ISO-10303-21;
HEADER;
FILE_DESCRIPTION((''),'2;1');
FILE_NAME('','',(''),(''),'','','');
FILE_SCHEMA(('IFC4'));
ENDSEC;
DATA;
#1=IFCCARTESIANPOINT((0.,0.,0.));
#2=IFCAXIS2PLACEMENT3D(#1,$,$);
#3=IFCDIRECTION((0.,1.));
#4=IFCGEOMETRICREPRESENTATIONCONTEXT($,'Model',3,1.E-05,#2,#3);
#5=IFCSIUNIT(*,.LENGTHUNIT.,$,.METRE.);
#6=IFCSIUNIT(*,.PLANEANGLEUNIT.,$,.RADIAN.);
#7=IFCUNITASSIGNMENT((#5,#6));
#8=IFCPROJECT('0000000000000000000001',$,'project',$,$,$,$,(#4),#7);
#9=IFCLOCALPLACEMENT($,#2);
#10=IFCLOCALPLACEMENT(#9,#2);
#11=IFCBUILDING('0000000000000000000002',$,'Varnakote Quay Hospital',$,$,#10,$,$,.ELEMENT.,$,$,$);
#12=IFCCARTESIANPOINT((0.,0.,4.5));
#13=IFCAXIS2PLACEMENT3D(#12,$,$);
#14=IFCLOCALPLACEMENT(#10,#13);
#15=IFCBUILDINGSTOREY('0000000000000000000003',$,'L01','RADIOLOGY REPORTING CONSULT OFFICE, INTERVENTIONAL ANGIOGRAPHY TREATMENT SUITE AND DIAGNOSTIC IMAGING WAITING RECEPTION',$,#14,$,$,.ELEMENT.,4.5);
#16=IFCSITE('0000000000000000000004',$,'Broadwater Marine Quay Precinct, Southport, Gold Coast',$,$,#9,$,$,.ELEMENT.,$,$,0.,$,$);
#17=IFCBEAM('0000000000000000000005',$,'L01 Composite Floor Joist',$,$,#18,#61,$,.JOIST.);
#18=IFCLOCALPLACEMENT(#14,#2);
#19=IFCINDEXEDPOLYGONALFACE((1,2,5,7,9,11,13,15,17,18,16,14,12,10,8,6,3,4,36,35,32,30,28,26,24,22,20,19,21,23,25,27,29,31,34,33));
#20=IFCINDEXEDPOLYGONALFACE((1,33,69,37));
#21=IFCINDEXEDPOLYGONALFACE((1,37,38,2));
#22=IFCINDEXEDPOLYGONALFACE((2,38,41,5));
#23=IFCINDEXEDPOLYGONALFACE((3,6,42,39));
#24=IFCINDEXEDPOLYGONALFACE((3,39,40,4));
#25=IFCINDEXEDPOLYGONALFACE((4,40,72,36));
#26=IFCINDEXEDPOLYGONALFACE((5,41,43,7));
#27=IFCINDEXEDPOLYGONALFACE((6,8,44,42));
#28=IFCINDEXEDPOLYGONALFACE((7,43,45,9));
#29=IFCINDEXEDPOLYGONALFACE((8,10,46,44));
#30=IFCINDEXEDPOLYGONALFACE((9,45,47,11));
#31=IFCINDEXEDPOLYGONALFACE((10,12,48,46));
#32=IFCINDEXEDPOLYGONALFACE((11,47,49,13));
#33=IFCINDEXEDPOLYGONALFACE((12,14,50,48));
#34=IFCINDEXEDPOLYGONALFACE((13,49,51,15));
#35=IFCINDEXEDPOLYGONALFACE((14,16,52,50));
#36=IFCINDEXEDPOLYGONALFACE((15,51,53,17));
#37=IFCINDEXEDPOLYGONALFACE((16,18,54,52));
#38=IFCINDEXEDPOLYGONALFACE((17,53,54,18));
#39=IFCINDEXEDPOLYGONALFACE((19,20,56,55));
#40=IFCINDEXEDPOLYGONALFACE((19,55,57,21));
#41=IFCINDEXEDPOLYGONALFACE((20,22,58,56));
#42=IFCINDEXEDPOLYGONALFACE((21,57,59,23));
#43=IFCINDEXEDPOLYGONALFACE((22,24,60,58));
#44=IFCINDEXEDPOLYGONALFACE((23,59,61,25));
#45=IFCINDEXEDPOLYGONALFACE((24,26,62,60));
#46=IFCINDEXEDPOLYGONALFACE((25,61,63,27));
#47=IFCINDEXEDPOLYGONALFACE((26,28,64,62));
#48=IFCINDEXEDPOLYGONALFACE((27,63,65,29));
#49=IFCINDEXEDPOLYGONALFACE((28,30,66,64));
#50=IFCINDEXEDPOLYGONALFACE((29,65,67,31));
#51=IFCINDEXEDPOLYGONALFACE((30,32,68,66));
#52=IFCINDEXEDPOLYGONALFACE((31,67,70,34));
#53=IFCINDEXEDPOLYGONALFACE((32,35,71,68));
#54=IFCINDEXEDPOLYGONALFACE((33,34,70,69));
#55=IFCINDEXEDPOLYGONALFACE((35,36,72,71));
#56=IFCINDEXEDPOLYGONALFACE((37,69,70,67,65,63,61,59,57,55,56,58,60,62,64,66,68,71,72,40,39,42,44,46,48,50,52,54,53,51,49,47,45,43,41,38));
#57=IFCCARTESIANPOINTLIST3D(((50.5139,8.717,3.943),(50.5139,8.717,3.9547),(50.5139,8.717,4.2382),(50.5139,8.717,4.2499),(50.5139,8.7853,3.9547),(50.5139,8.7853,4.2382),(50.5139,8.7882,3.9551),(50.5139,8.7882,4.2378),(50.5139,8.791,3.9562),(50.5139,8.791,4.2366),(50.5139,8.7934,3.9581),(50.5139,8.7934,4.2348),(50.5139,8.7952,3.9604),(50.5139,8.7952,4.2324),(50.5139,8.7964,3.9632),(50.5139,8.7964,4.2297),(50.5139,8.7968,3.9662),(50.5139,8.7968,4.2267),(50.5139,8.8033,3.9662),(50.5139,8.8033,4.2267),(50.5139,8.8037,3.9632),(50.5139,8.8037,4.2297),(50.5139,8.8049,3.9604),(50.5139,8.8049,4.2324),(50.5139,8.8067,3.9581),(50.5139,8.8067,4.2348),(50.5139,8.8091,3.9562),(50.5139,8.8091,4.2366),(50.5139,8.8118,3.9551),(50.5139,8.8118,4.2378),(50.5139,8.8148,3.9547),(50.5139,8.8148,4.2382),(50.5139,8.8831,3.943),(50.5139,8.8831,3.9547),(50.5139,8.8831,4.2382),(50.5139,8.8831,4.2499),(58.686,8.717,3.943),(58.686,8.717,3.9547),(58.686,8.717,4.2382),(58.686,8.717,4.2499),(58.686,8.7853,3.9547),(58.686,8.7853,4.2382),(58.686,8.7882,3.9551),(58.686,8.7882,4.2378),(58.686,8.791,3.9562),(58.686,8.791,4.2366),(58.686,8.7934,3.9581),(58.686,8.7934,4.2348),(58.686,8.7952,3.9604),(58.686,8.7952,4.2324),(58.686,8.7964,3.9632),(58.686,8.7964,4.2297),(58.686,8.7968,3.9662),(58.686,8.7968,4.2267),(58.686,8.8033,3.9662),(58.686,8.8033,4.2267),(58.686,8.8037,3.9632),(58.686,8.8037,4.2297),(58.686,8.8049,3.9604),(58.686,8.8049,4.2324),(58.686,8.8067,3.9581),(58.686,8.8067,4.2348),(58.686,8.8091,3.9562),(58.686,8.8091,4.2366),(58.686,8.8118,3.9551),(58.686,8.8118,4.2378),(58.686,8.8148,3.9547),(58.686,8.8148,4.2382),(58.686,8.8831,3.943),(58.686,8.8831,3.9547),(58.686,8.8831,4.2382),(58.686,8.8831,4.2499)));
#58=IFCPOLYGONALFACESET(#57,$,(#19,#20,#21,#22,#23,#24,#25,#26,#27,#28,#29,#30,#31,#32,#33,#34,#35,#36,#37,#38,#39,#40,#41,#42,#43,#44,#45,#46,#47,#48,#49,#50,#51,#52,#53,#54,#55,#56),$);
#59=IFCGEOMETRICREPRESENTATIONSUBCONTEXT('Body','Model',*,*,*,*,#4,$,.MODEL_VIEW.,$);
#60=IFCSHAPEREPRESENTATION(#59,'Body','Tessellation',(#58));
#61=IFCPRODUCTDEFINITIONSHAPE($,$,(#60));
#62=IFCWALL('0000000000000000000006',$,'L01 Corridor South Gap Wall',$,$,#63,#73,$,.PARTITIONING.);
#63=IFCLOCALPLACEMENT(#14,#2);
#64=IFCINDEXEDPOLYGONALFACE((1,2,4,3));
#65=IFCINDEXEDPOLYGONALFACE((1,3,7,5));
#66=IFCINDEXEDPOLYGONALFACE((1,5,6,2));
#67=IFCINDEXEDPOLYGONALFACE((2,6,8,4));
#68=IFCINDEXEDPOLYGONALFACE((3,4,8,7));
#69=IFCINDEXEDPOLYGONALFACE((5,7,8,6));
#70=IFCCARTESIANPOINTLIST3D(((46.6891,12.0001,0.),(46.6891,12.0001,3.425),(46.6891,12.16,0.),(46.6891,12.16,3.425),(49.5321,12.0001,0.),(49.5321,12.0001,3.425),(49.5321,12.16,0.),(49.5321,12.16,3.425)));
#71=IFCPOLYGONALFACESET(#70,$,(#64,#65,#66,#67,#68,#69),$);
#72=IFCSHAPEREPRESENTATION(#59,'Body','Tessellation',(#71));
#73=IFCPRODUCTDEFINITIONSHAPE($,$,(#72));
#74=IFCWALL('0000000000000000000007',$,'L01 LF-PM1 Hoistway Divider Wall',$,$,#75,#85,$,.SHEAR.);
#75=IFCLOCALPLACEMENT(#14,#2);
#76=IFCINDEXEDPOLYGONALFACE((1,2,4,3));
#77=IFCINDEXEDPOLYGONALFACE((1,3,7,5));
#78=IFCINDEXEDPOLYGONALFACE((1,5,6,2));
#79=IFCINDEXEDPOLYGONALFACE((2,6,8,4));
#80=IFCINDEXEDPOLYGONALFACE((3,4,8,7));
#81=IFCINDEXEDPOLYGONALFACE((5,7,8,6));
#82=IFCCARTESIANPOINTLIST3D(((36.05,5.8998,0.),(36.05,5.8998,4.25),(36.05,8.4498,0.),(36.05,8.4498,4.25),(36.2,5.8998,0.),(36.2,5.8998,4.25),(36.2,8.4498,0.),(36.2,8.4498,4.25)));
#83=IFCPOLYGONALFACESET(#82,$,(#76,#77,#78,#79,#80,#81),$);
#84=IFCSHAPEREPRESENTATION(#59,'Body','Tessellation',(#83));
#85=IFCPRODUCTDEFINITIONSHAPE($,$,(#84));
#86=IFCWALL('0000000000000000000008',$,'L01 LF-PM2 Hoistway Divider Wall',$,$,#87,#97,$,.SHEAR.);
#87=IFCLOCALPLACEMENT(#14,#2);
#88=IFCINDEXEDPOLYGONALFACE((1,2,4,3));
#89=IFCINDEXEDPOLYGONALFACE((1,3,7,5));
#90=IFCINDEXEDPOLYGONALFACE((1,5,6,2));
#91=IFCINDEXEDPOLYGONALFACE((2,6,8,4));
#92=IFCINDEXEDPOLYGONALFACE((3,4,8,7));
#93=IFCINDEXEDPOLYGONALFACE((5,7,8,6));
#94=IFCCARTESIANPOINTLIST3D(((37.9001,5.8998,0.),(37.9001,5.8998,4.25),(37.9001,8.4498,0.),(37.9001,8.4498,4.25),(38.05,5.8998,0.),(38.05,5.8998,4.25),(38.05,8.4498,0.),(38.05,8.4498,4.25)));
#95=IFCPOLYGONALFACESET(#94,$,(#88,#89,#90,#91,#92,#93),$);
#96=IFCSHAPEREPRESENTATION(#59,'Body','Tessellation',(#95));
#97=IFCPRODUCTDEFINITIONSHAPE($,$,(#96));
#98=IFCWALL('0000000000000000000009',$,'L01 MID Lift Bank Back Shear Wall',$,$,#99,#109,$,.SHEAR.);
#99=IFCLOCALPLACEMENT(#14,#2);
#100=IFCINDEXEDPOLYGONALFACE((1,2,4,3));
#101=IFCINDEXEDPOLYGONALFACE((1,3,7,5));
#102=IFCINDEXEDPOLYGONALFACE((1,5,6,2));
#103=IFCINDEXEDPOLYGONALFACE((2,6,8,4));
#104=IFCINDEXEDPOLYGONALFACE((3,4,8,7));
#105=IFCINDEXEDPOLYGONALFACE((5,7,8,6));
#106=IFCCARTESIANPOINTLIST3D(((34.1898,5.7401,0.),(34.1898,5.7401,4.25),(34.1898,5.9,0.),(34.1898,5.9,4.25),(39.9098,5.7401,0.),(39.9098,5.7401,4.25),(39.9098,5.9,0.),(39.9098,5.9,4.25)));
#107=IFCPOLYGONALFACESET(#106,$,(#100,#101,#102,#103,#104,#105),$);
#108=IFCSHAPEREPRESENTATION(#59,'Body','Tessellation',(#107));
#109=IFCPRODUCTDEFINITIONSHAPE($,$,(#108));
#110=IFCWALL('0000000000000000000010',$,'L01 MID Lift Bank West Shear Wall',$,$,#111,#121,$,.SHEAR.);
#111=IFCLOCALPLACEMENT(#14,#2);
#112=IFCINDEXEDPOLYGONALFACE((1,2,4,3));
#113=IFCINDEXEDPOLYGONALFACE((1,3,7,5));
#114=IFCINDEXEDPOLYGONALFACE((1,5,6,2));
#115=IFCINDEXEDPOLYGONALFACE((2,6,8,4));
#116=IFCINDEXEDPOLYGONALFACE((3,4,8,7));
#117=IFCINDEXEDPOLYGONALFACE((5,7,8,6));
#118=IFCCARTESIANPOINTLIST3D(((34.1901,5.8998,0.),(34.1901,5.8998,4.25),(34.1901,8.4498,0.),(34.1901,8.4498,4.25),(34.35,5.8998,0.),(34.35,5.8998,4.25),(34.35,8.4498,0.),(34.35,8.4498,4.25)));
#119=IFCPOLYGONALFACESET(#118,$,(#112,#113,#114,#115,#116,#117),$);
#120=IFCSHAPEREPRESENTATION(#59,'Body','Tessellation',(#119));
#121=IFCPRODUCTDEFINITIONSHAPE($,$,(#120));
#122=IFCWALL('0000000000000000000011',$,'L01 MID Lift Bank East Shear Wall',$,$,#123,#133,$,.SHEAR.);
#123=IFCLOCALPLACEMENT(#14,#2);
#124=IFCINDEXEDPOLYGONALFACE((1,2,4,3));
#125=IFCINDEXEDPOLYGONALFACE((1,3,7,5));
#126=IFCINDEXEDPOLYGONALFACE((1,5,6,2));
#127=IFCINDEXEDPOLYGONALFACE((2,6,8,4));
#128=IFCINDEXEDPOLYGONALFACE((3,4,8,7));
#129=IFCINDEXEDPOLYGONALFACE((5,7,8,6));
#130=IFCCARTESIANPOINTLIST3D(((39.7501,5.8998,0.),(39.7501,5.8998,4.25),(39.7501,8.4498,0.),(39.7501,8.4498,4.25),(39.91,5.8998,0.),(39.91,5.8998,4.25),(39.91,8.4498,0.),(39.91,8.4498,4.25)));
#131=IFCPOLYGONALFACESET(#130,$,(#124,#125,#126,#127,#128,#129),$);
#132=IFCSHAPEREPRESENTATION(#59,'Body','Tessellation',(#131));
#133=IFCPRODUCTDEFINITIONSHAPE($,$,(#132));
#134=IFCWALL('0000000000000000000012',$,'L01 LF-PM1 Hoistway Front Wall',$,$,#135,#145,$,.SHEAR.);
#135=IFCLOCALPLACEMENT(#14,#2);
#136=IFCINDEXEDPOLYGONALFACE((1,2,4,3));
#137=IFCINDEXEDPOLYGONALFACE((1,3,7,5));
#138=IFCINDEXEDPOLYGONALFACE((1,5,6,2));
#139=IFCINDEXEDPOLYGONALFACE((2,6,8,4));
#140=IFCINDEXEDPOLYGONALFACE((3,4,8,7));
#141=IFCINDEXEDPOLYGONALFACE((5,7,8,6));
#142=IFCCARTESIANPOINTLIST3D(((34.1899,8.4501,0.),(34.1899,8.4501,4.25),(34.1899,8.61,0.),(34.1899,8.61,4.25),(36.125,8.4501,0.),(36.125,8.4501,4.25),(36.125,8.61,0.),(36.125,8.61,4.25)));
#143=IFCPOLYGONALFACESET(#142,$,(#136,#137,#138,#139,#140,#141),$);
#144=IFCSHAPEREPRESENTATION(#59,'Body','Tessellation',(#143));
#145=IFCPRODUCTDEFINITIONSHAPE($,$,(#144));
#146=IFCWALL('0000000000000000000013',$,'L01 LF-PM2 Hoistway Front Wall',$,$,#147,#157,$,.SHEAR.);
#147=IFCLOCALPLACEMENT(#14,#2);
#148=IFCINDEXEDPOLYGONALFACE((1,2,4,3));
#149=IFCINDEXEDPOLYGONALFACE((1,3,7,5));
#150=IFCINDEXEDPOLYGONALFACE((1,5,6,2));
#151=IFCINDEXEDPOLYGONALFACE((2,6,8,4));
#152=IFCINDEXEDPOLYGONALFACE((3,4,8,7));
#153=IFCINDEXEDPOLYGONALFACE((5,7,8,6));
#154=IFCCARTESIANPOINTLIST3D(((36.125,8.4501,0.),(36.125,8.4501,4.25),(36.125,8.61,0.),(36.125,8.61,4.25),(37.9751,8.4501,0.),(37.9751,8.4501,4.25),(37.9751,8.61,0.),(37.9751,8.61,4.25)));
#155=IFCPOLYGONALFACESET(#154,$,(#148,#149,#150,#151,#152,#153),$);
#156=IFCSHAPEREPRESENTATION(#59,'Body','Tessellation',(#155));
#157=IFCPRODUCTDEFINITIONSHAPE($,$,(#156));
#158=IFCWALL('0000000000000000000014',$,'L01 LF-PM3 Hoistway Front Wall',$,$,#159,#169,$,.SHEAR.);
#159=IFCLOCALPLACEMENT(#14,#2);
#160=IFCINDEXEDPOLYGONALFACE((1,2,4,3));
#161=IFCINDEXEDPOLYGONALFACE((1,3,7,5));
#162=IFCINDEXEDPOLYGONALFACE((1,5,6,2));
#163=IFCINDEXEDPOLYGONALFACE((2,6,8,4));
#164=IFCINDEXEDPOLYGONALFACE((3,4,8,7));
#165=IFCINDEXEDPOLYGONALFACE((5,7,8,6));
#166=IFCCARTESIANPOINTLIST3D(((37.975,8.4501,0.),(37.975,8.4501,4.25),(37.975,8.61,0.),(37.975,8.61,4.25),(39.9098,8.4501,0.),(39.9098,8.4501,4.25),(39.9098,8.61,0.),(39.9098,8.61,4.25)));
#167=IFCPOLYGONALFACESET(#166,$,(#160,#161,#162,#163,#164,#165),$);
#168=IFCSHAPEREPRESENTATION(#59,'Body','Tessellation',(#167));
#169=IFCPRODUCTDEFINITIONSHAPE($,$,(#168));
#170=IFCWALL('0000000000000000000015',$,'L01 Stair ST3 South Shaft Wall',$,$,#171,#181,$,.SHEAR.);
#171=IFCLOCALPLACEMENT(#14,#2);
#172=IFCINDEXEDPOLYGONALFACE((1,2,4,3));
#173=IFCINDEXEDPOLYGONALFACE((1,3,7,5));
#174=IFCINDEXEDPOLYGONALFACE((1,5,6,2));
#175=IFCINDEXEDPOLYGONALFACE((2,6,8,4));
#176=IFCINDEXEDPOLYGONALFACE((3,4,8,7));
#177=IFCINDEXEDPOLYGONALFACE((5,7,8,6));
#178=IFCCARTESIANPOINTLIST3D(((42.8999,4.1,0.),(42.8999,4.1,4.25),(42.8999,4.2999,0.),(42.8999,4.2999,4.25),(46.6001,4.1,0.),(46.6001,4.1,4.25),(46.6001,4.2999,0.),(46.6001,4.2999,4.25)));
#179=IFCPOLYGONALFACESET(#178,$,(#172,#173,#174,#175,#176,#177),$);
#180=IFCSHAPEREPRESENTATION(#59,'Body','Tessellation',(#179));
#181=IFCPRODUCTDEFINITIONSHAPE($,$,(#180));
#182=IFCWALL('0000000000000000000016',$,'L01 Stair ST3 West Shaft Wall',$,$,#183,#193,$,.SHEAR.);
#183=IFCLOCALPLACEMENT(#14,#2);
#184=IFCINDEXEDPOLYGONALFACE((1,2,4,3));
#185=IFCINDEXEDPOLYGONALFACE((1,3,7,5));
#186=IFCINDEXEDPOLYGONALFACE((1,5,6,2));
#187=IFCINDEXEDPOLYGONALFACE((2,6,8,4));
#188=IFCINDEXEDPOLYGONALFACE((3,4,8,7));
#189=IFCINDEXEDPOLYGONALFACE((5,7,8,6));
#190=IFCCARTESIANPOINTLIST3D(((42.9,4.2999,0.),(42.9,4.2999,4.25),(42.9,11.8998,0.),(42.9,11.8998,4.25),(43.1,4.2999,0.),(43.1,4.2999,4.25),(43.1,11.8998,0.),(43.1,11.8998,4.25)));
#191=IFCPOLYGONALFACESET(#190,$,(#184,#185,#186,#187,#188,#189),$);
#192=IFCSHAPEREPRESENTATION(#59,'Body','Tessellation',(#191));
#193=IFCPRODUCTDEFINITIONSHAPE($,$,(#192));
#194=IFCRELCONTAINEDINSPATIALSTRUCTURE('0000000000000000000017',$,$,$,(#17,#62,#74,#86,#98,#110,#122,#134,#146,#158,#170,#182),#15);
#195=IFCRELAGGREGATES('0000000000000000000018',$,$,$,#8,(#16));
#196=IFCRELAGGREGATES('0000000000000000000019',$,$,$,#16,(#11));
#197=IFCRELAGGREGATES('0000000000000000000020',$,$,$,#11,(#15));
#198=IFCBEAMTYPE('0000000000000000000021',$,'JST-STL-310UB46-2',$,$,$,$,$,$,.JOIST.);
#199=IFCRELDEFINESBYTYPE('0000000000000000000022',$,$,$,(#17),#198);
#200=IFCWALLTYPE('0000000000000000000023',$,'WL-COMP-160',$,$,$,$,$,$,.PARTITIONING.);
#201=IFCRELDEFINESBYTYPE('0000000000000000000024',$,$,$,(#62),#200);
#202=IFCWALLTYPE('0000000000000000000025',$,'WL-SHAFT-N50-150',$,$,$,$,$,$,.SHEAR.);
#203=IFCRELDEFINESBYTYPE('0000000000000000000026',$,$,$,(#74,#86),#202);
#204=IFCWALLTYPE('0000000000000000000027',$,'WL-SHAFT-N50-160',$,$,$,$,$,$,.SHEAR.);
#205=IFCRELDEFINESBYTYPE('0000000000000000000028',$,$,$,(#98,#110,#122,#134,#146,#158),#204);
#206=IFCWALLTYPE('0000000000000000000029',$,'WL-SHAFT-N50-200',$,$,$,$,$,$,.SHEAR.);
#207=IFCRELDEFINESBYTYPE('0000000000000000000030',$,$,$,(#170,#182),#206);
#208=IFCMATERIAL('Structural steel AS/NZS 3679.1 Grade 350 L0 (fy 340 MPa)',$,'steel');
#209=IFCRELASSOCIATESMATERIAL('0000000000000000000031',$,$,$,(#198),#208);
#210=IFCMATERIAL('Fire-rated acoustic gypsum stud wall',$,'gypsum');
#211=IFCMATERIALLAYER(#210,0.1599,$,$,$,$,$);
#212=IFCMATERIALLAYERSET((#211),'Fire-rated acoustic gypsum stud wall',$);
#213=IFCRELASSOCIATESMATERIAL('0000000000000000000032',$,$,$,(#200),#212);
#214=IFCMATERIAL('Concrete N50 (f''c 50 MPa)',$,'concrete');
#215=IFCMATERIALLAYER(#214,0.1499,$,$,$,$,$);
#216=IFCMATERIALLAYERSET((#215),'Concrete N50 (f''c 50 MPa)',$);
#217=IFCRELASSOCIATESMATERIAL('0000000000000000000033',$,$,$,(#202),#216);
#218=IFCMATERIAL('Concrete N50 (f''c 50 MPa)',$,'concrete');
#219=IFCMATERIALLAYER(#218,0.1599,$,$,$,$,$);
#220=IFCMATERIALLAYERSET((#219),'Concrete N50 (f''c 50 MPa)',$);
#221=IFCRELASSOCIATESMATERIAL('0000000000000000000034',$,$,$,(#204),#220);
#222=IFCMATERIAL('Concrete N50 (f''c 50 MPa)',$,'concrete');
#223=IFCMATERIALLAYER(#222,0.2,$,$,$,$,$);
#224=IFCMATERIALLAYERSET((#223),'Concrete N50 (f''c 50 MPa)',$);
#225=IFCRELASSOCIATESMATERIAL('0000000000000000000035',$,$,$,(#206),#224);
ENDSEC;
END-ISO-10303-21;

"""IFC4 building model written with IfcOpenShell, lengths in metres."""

from ifc_helpers import new_model, si_unit, direction, frame, frame_2d, origin, origin_2d, place, context, subcontext, project, spatial, rectangle, i_section, extrude, material, layer, layer_set, material_profile, profile_set, type_object, element, save


model = new_model("IFC4")

# Units and contexts
model_context = context("Model", 3, precision=1e-05, world=origin(), true_north=direction((0.0, 1.0)))
body_context = subcontext(model_context, "Body", "Model", "MODEL_VIEW")
ifc_project = project(units=[si_unit("LENGTHUNIT", "METRE"), si_unit("PLANEANGLEUNIT", "RADIAN")], contexts=[model_context])

# Site, building, storey
site_placement = place(None, origin())
site = spatial("IfcSite", under=ifc_project, at=site_placement, Name="Broadwater Marine Quay Precinct, Southport, Gold Coast", CompositionType="ELEMENT", RefElevation=0.0)
building_placement = place(site_placement, origin())
building = spatial("IfcBuilding", under=site, at=building_placement, Name="Varnakote Quay Hospital", CompositionType="ELEMENT")
storey_placement = place(building_placement, frame((0.0, 0.0, 4.5)))
storey = spatial("IfcBuildingStorey", under=building, at=storey_placement, Name="L01", Description="RADIOLOGY REPORTING CONSULT OFFICE, INTERVENTIONAL ANGIOGRAPHY TREATMENT SUITE AND DIAGNOSTIC IMAGING WAITING RECEPTION", CompositionType="ELEMENT", Elevation=4.5)

# Beam
ifc_material_1 = material(Name="Structural steel AS/NZS 3679.1 Grade 350 L0 (fy 340 MPa)", Category="steel")
ifc_material_profile_1 = material_profile(ifc_material_1, i_section(OverallWidth=0.166, OverallDepth=0.3069, WebThickness=0.0066, FlangeThickness=0.0117, FilletRadius=0.0115, at=origin_2d()), Name="310UB46.2")
ifc_profile_set_1 = profile_set([ifc_material_profile_1], Name="Structural steel AS/NZS 3679.1 Grade 350 L0 (fy 340 MPa)")
beam_type_1 = type_object("IfcBeamType", Name="JST-STL-310UB46-2", PredefinedType="JOIST", material=ifc_profile_set_1)
beam_1_placement = place(storey_placement, frame((50.5139, 8.8, 4.0964), z_axis=(1.0, 0.0, 0.0), x_axis=(0.0, 1.0, 0.0)))
element("IfcBeam", 1, at=beam_1_placement, inside=storey, type_object=beam_type_1, Name="L01 Composite Floor Joist", PredefinedType="JOIST", context=body_context, shape_type="SweptSolid", body=[
    extrude(i_section(OverallWidth=0.166, OverallDepth=0.3069, WebThickness=0.0066, FlangeThickness=0.0117, FilletRadius=0.0115, at=origin_2d()), origin(), (0.0, 0.0, 1.0), 8.1721),
])

# Walls
ifc_material_2 = material(Name="Fire-rated acoustic gypsum stud wall", Category="gypsum")
ifc_layer_1 = layer(ifc_material_2, 0.1599)
ifc_layer_set_1 = layer_set([ifc_layer_1], Name="Fire-rated acoustic gypsum stud wall")
wall_type_1 = type_object("IfcWallType", Name="WL-COMP-160", PredefinedType="PARTITIONING", material=ifc_layer_set_1)
wall_1_placement = place(storey_placement, frame((46.6892, 12.0801, 0.0), z_axis=(0.0, 0.0, 1.0), x_axis=(1.0, 0.0, 0.0)))
element("IfcWall", 2, at=wall_1_placement, inside=storey, type_object=wall_type_1, Name="L01 Corridor South Gap Wall", PredefinedType="PARTITIONING", context=body_context, shape_type="SweptSolid", body=[
    extrude(rectangle(XDim=2.843, YDim=0.1599, at=frame_2d((1.4214, 0.0))), origin(), (0.0, 0.0, 1.0), 3.425),
])
ifc_material_3 = material(Name="Concrete N50 (f'c 50 MPa)", Category="concrete")
ifc_layer_2 = layer(ifc_material_3, 0.1499)
ifc_layer_set_2 = layer_set([ifc_layer_2], Name="Concrete N50 (f'c 50 MPa)")
wall_type_2 = type_object("IfcWallType", Name="WL-SHAFT-N50-150", PredefinedType="SHEAR", material=ifc_layer_set_2)
for number, where, z_axis, x_axis, name in (
    (3, (36.125, 5.8999, 0.0), (0.0, 0.0, 1.0), (0.0, 1.0, 0.0), "L01 LF-PM1 Hoistway Divider Wall"),
    (4, (37.9751, 5.8999, 0.0), (0.0, 0.0, 1.0), (0.0, 1.0, 0.0), "L01 LF-PM2 Hoistway Divider Wall"),
):
    element("IfcWall", number, at=place(storey_placement, frame(where, z_axis=z_axis, x_axis=x_axis)), inside=storey, type_object=wall_type_2, Name=name, PredefinedType="SHEAR", context=body_context, shape_type="SweptSolid", body=[
        extrude(rectangle(XDim=2.55, YDim=0.1499, at=frame_2d((1.2749, 0.0))), origin(), (0.0, 0.0, 1.0), 4.25),
    ])
ifc_material_4 = material(Name="Concrete N50 (f'c 50 MPa)", Category="concrete")
ifc_layer_3 = layer(ifc_material_4, 0.1599)
ifc_layer_set_3 = layer_set([ifc_layer_3], Name="Concrete N50 (f'c 50 MPa)")
wall_type_3 = type_object("IfcWallType", Name="WL-SHAFT-N50-160", PredefinedType="SHEAR", material=ifc_layer_set_3)
wall_2_placement = place(storey_placement, frame((34.1899, 5.8201, 0.0), z_axis=(0.0, 0.0, 1.0), x_axis=(1.0, 0.0, 0.0)))
element("IfcWall", 5, at=wall_2_placement, inside=storey, type_object=wall_type_3, Name="L01 MID Lift Bank Back Shear Wall", PredefinedType="SHEAR", context=body_context, shape_type="SweptSolid", body=[
    extrude(rectangle(XDim=5.72, YDim=0.1599, at=frame_2d((2.8599, 0.0))), origin(), (0.0, 0.0, 1.0), 4.25),
])
for number, where, z_axis, x_axis, name in (
    (6, (34.27, 5.8999, 0.0), (0.0, 0.0, 1.0), (0.0, 1.0, 0.0), "L01 MID Lift Bank West Shear Wall"),
    (7, (39.8301, 5.8999, 0.0), (0.0, 0.0, 1.0), (0.0, 1.0, 0.0), "L01 MID Lift Bank East Shear Wall"),
):
    element("IfcWall", number, at=place(storey_placement, frame(where, z_axis=z_axis, x_axis=x_axis)), inside=storey, type_object=wall_type_3, Name=name, PredefinedType="SHEAR", context=body_context, shape_type="SweptSolid", body=[
        extrude(rectangle(XDim=2.55, YDim=0.1599, at=frame_2d((1.2749, 0.0))), origin(), (0.0, 0.0, 1.0), 4.25),
    ])
wall_3_placement = place(storey_placement, frame((34.1899, 8.53, 0.0), z_axis=(0.0, 0.0, 1.0), x_axis=(1.0, 0.0, 0.0)))
element("IfcWall", 8, at=wall_3_placement, inside=storey, type_object=wall_type_3, Name="L01 LF-PM1 Hoistway Front Wall", PredefinedType="SHEAR", context=body_context, shape_type="SweptSolid", body=[
    extrude(rectangle(XDim=1.9351, YDim=0.1599, at=frame_2d((0.9675, 0.0))), origin(), (0.0, 0.0, 1.0), 4.25),
])
wall_4_placement = place(storey_placement, frame((36.125, 8.53, 0.0), z_axis=(0.0, 0.0, 1.0), x_axis=(1.0, 0.0, 0.0)))
element("IfcWall", 9, at=wall_4_placement, inside=storey, type_object=wall_type_3, Name="L01 LF-PM2 Hoistway Front Wall", PredefinedType="SHEAR", context=body_context, shape_type="SweptSolid", body=[
    extrude(rectangle(XDim=1.8501, YDim=0.1599, at=frame_2d((0.925, 0.0))), origin(), (0.0, 0.0, 1.0), 4.25),
])
wall_5_placement = place(storey_placement, frame((37.9751, 8.53, 0.0), z_axis=(0.0, 0.0, 1.0), x_axis=(1.0, 0.0, 0.0)))
element("IfcWall", 10, at=wall_5_placement, inside=storey, type_object=wall_type_3, Name="L01 LF-PM3 Hoistway Front Wall", PredefinedType="SHEAR", context=body_context, shape_type="SweptSolid", body=[
    extrude(rectangle(XDim=1.9348, YDim=0.1599, at=frame_2d((0.9673, 0.0))), origin(), (0.0, 0.0, 1.0), 4.25),
])
ifc_material_5 = material(Name="Concrete N50 (f'c 50 MPa)", Category="concrete")
ifc_layer_4 = layer(ifc_material_5, 0.2)
ifc_layer_set_4 = layer_set([ifc_layer_4], Name="Concrete N50 (f'c 50 MPa)")
wall_type_4 = type_object("IfcWallType", Name="WL-SHAFT-N50-200", PredefinedType="SHEAR", material=ifc_layer_set_4)
wall_6_placement = place(storey_placement, frame((42.8999, 4.2, 0.0), z_axis=(0.0, 0.0, 1.0), x_axis=(1.0, 0.0, 0.0)))
element("IfcWall", 11, at=wall_6_placement, inside=storey, type_object=wall_type_4, Name="L01 Stair ST3 South Shaft Wall", PredefinedType="SHEAR", context=body_context, shape_type="SweptSolid", body=[
    extrude(rectangle(XDim=3.7002, YDim=0.2, at=frame_2d((1.8501, 0.0))), origin(), (0.0, 0.0, 1.0), 4.25),
])
for number, where, z_axis, x_axis, name in (
    (12, (43.0, 4.3, 0.0), (0.0, 0.0, 1.0), (0.0, 1.0, 0.0), "L01 Stair ST3 West Shaft Wall"),
):
    element("IfcWall", number, at=place(storey_placement, frame(where, z_axis=z_axis, x_axis=x_axis)), inside=storey, type_object=wall_type_4, Name=name, PredefinedType="SHEAR", context=body_context, shape_type="SweptSolid", body=[
        extrude(rectangle(XDim=7.5999, YDim=0.2, at=frame_2d((3.7998, 0.0))), origin(), (0.0, 0.0, 1.0), 4.25),
    ])

save(model, "model.ifc")
